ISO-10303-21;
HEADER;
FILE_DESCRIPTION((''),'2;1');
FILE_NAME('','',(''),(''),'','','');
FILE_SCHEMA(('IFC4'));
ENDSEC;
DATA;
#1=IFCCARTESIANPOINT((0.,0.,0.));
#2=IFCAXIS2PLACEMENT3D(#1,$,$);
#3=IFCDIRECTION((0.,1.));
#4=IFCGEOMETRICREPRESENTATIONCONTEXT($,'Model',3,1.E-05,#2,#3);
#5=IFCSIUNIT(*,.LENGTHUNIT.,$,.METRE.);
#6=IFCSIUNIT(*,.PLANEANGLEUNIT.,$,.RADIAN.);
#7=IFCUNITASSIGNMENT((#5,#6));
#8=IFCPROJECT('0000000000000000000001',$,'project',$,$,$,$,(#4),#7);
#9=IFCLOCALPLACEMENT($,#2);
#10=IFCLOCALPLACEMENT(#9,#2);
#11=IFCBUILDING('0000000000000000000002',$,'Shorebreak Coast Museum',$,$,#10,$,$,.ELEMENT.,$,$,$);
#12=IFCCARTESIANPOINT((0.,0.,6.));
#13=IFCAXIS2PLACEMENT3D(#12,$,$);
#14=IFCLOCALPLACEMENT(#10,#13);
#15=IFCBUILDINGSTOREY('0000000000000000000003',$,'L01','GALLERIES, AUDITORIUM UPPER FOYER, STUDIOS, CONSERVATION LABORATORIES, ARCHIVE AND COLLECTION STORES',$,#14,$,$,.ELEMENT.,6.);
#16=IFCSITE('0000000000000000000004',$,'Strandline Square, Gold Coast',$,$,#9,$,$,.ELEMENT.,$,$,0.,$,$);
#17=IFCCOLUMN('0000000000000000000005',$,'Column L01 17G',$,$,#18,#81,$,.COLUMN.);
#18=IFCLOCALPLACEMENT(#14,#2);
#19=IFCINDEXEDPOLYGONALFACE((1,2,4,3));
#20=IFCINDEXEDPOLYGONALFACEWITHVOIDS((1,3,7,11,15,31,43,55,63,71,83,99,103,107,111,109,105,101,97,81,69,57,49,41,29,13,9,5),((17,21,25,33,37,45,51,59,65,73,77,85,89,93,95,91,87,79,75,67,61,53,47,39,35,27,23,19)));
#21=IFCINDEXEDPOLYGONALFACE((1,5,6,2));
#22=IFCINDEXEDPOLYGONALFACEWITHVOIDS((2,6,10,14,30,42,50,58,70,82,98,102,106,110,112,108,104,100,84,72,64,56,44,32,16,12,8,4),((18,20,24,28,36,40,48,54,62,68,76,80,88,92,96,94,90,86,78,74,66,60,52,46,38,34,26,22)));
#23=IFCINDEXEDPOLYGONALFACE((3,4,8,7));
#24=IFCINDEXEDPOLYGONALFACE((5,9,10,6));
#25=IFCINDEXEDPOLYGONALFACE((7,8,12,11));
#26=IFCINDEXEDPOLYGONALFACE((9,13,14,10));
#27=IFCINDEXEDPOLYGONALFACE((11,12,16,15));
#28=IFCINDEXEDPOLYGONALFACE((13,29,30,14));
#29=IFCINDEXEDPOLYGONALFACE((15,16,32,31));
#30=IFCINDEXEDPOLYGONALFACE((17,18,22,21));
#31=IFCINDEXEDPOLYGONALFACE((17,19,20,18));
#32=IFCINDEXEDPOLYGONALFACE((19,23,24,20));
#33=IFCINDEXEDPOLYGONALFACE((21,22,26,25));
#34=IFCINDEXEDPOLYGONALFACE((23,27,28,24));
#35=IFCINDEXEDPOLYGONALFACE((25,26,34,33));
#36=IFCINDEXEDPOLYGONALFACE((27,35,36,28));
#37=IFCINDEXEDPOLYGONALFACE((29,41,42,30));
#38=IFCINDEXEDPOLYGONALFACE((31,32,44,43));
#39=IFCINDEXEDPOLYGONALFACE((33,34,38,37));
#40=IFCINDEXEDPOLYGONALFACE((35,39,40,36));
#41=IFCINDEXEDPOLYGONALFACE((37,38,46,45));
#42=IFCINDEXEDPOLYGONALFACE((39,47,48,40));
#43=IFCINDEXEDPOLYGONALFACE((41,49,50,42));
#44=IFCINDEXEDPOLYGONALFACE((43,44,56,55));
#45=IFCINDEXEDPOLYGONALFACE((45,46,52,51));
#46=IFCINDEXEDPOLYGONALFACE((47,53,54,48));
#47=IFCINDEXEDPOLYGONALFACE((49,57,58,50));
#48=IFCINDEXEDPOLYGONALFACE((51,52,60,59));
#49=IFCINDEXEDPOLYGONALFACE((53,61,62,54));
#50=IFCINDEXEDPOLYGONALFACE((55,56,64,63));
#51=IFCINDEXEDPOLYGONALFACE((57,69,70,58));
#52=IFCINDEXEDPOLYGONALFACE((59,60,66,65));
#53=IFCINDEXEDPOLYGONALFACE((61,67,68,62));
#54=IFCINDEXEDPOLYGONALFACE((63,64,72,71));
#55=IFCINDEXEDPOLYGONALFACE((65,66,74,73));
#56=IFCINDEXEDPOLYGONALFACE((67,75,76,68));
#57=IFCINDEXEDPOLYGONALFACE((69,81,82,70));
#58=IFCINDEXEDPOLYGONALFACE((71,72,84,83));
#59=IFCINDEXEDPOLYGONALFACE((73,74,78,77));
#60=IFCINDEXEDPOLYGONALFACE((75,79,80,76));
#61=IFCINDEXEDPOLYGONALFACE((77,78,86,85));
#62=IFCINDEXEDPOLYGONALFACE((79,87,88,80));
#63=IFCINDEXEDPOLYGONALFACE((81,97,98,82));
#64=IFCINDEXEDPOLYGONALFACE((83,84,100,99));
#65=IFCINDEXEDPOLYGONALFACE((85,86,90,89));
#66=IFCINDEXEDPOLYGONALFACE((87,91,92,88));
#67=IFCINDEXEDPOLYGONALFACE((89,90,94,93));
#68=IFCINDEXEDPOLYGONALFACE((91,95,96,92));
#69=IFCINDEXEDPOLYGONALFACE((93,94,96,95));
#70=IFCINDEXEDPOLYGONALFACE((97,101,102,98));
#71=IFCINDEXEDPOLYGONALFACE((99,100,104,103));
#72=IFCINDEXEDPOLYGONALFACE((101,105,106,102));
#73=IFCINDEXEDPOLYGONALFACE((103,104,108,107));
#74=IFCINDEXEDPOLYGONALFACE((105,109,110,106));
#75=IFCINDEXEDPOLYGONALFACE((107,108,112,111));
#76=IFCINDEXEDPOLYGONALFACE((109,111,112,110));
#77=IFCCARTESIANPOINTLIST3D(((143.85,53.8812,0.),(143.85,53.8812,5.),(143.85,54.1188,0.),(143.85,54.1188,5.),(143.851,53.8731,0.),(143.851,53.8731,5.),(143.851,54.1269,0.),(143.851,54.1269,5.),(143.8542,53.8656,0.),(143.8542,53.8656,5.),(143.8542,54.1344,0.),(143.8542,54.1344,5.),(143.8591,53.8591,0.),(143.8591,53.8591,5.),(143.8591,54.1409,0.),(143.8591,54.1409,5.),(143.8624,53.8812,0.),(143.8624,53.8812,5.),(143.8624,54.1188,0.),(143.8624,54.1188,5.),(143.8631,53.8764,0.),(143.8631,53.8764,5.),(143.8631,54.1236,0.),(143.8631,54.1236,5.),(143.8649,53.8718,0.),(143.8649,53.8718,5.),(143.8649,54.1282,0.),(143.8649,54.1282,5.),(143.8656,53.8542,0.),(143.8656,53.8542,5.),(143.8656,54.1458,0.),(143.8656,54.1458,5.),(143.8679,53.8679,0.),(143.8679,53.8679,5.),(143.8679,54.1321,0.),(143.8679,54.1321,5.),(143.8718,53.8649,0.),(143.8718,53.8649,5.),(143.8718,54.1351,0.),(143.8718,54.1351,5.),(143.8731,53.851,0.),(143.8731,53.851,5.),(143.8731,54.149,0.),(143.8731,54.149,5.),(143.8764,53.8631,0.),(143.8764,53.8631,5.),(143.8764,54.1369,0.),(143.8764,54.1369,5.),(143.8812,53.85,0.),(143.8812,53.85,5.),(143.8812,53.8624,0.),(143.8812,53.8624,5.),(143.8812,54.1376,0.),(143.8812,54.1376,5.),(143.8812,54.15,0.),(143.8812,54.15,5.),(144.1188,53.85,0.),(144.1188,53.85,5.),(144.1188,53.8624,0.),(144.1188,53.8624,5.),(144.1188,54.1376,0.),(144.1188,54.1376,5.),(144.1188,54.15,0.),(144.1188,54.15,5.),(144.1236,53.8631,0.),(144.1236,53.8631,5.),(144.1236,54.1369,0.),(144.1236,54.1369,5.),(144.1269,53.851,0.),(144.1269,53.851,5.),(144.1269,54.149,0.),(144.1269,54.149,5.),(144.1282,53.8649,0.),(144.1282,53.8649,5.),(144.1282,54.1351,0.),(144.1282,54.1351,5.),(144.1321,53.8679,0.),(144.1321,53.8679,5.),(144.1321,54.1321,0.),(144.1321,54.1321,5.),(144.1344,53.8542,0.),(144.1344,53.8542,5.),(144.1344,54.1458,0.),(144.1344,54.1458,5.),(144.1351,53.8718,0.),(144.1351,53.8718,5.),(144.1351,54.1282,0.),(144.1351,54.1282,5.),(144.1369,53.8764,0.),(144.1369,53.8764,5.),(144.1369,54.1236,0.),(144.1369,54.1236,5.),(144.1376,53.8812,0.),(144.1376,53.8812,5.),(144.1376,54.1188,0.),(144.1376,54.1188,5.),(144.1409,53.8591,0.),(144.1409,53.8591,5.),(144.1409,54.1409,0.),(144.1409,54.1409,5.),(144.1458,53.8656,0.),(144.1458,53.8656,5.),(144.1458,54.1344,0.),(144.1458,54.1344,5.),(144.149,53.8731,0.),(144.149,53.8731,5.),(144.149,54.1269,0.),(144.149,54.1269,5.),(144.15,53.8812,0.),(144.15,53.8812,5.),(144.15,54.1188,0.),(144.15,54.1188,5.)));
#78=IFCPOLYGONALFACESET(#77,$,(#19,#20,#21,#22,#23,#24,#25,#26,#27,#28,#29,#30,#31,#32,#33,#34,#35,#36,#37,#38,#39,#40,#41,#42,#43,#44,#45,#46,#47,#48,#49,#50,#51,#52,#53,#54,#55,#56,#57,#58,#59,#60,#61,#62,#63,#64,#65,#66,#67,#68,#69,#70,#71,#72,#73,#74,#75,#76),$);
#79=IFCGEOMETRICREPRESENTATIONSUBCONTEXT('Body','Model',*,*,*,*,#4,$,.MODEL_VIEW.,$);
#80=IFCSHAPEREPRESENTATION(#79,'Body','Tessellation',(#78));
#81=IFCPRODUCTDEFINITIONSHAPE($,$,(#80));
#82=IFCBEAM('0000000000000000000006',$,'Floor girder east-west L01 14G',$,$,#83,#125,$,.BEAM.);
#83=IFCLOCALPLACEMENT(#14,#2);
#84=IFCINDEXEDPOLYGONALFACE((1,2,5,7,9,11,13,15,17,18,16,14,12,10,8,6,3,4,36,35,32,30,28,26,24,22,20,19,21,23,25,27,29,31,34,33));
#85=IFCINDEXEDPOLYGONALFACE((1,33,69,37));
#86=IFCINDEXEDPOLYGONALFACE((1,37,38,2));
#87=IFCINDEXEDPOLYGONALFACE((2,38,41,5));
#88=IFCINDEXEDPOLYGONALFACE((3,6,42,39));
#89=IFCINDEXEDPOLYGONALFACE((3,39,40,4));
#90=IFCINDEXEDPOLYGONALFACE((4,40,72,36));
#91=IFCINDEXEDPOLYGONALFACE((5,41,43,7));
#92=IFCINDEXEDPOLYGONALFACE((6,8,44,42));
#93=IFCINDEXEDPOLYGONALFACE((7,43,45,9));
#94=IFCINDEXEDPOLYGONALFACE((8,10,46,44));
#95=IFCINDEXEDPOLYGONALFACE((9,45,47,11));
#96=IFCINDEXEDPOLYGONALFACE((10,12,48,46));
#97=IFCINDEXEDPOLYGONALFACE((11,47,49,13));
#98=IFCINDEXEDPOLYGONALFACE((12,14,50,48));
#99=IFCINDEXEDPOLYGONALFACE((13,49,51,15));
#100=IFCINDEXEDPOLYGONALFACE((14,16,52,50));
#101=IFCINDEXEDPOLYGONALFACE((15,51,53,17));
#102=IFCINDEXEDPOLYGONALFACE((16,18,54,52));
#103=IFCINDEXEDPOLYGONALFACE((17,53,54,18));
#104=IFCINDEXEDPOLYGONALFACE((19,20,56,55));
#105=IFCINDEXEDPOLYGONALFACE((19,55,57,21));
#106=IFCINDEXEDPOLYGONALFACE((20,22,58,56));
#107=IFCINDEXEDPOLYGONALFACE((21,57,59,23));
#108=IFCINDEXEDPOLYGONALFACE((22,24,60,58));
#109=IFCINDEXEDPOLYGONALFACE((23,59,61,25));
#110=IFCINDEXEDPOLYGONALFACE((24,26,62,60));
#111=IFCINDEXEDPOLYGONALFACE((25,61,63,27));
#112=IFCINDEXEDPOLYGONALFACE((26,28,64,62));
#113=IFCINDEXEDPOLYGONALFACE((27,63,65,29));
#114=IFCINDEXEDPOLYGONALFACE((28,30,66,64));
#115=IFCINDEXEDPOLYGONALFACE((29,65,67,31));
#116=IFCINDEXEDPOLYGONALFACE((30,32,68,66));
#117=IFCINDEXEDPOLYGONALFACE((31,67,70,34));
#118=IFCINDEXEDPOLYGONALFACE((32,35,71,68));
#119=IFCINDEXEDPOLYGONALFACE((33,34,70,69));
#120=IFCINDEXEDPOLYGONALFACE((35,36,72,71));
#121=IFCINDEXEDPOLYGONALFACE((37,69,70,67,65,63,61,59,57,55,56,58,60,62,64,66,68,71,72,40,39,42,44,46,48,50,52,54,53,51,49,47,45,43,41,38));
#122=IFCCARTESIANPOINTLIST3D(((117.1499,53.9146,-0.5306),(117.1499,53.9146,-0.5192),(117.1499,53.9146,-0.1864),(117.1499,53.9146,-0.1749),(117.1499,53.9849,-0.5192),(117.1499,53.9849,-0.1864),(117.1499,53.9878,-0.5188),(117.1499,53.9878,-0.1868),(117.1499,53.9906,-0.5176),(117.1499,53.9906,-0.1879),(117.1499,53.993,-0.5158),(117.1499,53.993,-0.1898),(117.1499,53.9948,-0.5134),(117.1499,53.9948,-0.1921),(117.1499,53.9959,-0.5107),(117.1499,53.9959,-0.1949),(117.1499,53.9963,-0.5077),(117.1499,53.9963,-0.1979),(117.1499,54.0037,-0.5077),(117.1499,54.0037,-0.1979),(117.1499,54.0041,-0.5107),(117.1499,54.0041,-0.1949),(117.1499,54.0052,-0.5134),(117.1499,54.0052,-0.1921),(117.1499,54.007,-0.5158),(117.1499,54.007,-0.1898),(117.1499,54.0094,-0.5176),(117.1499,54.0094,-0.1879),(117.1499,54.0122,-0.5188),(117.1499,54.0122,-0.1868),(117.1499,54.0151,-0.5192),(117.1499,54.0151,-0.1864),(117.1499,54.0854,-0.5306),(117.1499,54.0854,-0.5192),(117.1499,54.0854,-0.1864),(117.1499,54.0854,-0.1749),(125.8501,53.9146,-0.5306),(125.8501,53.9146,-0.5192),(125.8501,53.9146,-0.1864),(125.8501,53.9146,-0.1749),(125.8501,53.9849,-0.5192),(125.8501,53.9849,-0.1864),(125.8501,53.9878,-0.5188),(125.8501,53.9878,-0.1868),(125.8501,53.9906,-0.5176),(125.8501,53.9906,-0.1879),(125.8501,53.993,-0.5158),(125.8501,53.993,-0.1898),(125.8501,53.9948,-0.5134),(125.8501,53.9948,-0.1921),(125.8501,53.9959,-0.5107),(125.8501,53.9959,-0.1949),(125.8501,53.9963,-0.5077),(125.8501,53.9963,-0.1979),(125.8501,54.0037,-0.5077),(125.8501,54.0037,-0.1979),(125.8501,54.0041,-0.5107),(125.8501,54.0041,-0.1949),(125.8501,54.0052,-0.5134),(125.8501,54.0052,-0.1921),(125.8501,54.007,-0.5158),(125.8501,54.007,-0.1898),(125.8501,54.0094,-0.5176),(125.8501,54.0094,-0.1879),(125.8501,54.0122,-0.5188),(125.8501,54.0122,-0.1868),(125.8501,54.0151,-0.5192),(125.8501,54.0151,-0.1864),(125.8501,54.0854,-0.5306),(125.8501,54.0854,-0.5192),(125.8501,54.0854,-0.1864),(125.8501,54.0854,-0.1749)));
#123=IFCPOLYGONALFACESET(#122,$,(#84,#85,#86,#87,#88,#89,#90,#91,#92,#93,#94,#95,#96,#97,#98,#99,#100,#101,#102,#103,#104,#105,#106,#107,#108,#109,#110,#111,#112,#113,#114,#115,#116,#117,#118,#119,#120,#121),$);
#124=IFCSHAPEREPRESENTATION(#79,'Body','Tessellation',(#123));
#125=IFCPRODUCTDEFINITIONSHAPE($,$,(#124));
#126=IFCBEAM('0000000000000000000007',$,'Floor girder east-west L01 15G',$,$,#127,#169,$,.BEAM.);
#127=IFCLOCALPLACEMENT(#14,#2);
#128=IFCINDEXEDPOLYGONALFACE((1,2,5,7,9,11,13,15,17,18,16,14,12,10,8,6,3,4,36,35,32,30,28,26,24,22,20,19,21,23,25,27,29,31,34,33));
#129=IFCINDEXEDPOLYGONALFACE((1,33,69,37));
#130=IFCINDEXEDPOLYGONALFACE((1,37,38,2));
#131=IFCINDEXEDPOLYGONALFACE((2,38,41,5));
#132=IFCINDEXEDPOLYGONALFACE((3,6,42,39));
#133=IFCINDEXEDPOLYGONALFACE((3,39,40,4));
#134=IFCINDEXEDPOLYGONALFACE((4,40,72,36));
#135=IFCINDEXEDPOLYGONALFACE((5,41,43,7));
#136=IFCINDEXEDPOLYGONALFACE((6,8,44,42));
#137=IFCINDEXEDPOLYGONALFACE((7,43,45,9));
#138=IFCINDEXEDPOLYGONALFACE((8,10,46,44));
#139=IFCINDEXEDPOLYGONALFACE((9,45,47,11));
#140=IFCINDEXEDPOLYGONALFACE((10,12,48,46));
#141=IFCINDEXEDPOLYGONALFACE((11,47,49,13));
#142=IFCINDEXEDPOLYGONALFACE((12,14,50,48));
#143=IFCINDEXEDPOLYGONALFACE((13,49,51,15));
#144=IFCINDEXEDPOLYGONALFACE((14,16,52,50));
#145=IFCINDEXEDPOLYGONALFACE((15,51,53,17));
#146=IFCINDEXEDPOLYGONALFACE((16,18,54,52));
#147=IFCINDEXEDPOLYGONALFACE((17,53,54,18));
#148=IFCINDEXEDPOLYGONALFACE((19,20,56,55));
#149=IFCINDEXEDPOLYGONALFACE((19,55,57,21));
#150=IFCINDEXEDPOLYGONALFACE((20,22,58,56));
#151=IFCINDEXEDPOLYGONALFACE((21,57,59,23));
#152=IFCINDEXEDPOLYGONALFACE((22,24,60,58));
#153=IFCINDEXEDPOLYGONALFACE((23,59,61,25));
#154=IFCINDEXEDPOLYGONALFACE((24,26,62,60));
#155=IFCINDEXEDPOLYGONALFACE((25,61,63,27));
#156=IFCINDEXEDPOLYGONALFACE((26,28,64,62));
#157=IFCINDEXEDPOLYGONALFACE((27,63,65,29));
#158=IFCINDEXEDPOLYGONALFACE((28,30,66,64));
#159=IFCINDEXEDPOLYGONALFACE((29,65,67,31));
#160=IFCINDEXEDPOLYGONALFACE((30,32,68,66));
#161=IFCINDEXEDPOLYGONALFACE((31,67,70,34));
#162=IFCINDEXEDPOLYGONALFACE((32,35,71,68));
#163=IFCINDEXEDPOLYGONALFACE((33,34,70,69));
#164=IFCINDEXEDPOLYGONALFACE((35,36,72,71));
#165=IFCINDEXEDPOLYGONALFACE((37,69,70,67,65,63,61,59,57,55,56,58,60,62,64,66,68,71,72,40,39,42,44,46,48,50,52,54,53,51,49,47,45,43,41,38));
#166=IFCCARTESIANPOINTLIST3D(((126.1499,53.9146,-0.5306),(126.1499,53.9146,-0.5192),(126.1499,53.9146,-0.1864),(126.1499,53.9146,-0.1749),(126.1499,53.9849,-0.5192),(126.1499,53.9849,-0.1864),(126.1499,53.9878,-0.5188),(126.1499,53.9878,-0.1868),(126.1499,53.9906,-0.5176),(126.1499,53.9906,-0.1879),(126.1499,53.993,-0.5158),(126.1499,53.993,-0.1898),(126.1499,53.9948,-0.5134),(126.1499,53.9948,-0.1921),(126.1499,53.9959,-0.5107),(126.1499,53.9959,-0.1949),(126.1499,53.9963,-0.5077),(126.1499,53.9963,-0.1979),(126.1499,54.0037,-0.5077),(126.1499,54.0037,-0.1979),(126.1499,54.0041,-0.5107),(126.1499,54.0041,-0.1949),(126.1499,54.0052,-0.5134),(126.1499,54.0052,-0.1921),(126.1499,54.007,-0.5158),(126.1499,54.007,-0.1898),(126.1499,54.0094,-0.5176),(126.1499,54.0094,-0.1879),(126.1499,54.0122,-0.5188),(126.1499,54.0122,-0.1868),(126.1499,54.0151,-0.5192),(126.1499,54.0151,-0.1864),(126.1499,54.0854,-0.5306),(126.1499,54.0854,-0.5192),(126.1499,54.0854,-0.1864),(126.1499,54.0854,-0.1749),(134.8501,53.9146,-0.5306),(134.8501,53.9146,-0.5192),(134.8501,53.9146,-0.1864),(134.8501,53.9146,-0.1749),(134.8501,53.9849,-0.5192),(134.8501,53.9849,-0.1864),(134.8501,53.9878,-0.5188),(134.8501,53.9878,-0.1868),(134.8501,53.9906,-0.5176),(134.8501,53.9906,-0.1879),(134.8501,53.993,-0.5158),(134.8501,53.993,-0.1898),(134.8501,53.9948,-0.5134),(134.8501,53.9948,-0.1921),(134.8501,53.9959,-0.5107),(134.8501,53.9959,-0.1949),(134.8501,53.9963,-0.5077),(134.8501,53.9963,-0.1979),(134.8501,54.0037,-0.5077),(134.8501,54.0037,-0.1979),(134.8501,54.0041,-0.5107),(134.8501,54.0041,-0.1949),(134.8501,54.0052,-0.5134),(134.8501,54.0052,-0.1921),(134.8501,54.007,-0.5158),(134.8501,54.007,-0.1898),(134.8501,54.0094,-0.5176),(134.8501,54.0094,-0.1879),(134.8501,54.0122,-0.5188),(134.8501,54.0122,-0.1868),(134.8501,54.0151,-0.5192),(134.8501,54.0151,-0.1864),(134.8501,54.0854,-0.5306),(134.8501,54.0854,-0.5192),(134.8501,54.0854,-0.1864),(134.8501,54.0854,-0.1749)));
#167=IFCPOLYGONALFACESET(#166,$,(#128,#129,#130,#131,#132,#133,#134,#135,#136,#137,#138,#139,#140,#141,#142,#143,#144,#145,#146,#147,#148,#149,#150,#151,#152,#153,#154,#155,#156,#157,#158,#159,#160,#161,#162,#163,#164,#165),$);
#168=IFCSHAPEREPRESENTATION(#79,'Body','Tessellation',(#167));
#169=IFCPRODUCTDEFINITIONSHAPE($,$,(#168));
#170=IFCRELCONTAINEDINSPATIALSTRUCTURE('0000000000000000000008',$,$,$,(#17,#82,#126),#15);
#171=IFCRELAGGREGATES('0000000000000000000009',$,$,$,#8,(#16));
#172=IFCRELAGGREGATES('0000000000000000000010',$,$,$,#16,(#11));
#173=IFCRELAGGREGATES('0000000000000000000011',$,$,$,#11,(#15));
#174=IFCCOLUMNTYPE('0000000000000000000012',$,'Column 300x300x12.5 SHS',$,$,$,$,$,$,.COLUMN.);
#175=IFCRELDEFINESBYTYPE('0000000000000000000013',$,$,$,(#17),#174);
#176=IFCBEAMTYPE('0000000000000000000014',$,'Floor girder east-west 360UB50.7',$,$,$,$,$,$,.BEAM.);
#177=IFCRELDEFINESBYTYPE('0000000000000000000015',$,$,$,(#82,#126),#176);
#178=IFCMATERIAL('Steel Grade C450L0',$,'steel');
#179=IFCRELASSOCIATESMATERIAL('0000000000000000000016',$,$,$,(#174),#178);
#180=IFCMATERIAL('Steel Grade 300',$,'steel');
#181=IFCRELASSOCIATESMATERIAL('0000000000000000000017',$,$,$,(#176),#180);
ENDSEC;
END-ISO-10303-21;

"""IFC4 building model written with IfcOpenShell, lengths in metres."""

from ifc_helpers import new_model, si_unit, direction, frame, origin, origin_2d, place, context, subcontext, project, spatial, hollow_rectangle, i_section, extrude, material, material_profile, profile_set, type_object, element, save


model = new_model("IFC4")

# Units and contexts
model_context = context("Model", 3, precision=1e-05, world=origin(), true_north=direction((0.0, 1.0)))
body_context = subcontext(model_context, "Body", "Model", "MODEL_VIEW")
ifc_project = project(units=[si_unit("LENGTHUNIT", "METRE"), si_unit("PLANEANGLEUNIT", "RADIAN")], contexts=[model_context])

# Site, building, storey
site_placement = place(None, origin())
site = spatial("IfcSite", under=ifc_project, at=site_placement, Name="Strandline Square, Gold Coast", CompositionType="ELEMENT", RefElevation=0.0)
building_placement = place(site_placement, origin())
building = spatial("IfcBuilding", under=site, at=building_placement, Name="Shorebreak Coast Museum", CompositionType="ELEMENT")
storey_placement = place(building_placement, frame((0.0, 0.0, 6.0)))
storey = spatial("IfcBuildingStorey", under=building, at=storey_placement, Name="L01", Description="GALLERIES, AUDITORIUM UPPER FOYER, STUDIOS, CONSERVATION LABORATORIES, ARCHIVE AND COLLECTION STORES", CompositionType="ELEMENT", Elevation=6.0)

# Column
ifc_material_1 = material(Name="Steel Grade C450L0", Category="steel")
ifc_material_profile_1 = material_profile(ifc_material_1, hollow_rectangle(XDim=0.3, YDim=0.3, WallThickness=0.0125, InnerFilletRadius=0.0188, OuterFilletRadius=0.0312, at=origin_2d()), Name="300x300x12.5 SHS")
ifc_profile_set_1 = profile_set([ifc_material_profile_1], Name="Steel Grade C450L0")
column_type = type_object("IfcColumnType", Name="Column 300x300x12.5 SHS", PredefinedType="COLUMN", material=ifc_profile_set_1)
for number, where, z_axis, x_axis, name in (
    (1, (144.0, 54.0, 0.0), (0.0, 0.0, 1.0), (1.0, 0.0, 0.0), "Column L01 17G"),
):
    element("IfcColumn", number, at=place(storey_placement, frame(where, z_axis=z_axis, x_axis=x_axis)), inside=storey, type_object=column_type, Name=name, PredefinedType="COLUMN", context=body_context, shape_type="SweptSolid", body=[
        extrude(hollow_rectangle(XDim=0.3, YDim=0.3, WallThickness=0.0125, InnerFilletRadius=0.0188, OuterFilletRadius=0.0312, at=origin_2d()), origin(), (0.0, 0.0, 1.0), 5.0),
    ])

# Beams
ifc_material_2 = material(Name="Steel Grade 300", Category="steel")
ifc_material_profile_2 = material_profile(ifc_material_2, i_section(OverallWidth=0.1709, OverallDepth=0.3557, WebThickness=0.0073, FlangeThickness=0.0115, FilletRadius=0.0115, at=origin_2d()), Name="360UB50.7")
ifc_profile_set_2 = profile_set([ifc_material_profile_2], Name="Steel Grade 300")
beam_type_1 = type_object("IfcBeamType", Name="Floor girder east-west 360UB50.7", PredefinedType="BEAM", material=ifc_profile_set_2)
for number, where, z_axis, x_axis, name in (
    (2, (117.1499, 54.0, -0.3528), (1.0, 0.0, 0.0), (0.0, 1.0, 0.0), "Floor girder east-west L01 14G"),
    (3, (126.1499, 54.0, -0.3528), (1.0, 0.0, 0.0), (0.0, 1.0, 0.0), "Floor girder east-west L01 15G"),
):
    element("IfcBeam", number, at=place(storey_placement, frame(where, z_axis=z_axis, x_axis=x_axis)), inside=storey, type_object=beam_type_1, Name=name, PredefinedType="BEAM", context=body_context, shape_type="SweptSolid", body=[
        extrude(i_section(OverallWidth=0.1709, OverallDepth=0.3557, WebThickness=0.0073, FlangeThickness=0.0115, FilletRadius=0.0115, at=origin_2d()), origin(), (0.0, 0.0, 1.0), 8.7002),
    ])

save(model, "model.ifc")
